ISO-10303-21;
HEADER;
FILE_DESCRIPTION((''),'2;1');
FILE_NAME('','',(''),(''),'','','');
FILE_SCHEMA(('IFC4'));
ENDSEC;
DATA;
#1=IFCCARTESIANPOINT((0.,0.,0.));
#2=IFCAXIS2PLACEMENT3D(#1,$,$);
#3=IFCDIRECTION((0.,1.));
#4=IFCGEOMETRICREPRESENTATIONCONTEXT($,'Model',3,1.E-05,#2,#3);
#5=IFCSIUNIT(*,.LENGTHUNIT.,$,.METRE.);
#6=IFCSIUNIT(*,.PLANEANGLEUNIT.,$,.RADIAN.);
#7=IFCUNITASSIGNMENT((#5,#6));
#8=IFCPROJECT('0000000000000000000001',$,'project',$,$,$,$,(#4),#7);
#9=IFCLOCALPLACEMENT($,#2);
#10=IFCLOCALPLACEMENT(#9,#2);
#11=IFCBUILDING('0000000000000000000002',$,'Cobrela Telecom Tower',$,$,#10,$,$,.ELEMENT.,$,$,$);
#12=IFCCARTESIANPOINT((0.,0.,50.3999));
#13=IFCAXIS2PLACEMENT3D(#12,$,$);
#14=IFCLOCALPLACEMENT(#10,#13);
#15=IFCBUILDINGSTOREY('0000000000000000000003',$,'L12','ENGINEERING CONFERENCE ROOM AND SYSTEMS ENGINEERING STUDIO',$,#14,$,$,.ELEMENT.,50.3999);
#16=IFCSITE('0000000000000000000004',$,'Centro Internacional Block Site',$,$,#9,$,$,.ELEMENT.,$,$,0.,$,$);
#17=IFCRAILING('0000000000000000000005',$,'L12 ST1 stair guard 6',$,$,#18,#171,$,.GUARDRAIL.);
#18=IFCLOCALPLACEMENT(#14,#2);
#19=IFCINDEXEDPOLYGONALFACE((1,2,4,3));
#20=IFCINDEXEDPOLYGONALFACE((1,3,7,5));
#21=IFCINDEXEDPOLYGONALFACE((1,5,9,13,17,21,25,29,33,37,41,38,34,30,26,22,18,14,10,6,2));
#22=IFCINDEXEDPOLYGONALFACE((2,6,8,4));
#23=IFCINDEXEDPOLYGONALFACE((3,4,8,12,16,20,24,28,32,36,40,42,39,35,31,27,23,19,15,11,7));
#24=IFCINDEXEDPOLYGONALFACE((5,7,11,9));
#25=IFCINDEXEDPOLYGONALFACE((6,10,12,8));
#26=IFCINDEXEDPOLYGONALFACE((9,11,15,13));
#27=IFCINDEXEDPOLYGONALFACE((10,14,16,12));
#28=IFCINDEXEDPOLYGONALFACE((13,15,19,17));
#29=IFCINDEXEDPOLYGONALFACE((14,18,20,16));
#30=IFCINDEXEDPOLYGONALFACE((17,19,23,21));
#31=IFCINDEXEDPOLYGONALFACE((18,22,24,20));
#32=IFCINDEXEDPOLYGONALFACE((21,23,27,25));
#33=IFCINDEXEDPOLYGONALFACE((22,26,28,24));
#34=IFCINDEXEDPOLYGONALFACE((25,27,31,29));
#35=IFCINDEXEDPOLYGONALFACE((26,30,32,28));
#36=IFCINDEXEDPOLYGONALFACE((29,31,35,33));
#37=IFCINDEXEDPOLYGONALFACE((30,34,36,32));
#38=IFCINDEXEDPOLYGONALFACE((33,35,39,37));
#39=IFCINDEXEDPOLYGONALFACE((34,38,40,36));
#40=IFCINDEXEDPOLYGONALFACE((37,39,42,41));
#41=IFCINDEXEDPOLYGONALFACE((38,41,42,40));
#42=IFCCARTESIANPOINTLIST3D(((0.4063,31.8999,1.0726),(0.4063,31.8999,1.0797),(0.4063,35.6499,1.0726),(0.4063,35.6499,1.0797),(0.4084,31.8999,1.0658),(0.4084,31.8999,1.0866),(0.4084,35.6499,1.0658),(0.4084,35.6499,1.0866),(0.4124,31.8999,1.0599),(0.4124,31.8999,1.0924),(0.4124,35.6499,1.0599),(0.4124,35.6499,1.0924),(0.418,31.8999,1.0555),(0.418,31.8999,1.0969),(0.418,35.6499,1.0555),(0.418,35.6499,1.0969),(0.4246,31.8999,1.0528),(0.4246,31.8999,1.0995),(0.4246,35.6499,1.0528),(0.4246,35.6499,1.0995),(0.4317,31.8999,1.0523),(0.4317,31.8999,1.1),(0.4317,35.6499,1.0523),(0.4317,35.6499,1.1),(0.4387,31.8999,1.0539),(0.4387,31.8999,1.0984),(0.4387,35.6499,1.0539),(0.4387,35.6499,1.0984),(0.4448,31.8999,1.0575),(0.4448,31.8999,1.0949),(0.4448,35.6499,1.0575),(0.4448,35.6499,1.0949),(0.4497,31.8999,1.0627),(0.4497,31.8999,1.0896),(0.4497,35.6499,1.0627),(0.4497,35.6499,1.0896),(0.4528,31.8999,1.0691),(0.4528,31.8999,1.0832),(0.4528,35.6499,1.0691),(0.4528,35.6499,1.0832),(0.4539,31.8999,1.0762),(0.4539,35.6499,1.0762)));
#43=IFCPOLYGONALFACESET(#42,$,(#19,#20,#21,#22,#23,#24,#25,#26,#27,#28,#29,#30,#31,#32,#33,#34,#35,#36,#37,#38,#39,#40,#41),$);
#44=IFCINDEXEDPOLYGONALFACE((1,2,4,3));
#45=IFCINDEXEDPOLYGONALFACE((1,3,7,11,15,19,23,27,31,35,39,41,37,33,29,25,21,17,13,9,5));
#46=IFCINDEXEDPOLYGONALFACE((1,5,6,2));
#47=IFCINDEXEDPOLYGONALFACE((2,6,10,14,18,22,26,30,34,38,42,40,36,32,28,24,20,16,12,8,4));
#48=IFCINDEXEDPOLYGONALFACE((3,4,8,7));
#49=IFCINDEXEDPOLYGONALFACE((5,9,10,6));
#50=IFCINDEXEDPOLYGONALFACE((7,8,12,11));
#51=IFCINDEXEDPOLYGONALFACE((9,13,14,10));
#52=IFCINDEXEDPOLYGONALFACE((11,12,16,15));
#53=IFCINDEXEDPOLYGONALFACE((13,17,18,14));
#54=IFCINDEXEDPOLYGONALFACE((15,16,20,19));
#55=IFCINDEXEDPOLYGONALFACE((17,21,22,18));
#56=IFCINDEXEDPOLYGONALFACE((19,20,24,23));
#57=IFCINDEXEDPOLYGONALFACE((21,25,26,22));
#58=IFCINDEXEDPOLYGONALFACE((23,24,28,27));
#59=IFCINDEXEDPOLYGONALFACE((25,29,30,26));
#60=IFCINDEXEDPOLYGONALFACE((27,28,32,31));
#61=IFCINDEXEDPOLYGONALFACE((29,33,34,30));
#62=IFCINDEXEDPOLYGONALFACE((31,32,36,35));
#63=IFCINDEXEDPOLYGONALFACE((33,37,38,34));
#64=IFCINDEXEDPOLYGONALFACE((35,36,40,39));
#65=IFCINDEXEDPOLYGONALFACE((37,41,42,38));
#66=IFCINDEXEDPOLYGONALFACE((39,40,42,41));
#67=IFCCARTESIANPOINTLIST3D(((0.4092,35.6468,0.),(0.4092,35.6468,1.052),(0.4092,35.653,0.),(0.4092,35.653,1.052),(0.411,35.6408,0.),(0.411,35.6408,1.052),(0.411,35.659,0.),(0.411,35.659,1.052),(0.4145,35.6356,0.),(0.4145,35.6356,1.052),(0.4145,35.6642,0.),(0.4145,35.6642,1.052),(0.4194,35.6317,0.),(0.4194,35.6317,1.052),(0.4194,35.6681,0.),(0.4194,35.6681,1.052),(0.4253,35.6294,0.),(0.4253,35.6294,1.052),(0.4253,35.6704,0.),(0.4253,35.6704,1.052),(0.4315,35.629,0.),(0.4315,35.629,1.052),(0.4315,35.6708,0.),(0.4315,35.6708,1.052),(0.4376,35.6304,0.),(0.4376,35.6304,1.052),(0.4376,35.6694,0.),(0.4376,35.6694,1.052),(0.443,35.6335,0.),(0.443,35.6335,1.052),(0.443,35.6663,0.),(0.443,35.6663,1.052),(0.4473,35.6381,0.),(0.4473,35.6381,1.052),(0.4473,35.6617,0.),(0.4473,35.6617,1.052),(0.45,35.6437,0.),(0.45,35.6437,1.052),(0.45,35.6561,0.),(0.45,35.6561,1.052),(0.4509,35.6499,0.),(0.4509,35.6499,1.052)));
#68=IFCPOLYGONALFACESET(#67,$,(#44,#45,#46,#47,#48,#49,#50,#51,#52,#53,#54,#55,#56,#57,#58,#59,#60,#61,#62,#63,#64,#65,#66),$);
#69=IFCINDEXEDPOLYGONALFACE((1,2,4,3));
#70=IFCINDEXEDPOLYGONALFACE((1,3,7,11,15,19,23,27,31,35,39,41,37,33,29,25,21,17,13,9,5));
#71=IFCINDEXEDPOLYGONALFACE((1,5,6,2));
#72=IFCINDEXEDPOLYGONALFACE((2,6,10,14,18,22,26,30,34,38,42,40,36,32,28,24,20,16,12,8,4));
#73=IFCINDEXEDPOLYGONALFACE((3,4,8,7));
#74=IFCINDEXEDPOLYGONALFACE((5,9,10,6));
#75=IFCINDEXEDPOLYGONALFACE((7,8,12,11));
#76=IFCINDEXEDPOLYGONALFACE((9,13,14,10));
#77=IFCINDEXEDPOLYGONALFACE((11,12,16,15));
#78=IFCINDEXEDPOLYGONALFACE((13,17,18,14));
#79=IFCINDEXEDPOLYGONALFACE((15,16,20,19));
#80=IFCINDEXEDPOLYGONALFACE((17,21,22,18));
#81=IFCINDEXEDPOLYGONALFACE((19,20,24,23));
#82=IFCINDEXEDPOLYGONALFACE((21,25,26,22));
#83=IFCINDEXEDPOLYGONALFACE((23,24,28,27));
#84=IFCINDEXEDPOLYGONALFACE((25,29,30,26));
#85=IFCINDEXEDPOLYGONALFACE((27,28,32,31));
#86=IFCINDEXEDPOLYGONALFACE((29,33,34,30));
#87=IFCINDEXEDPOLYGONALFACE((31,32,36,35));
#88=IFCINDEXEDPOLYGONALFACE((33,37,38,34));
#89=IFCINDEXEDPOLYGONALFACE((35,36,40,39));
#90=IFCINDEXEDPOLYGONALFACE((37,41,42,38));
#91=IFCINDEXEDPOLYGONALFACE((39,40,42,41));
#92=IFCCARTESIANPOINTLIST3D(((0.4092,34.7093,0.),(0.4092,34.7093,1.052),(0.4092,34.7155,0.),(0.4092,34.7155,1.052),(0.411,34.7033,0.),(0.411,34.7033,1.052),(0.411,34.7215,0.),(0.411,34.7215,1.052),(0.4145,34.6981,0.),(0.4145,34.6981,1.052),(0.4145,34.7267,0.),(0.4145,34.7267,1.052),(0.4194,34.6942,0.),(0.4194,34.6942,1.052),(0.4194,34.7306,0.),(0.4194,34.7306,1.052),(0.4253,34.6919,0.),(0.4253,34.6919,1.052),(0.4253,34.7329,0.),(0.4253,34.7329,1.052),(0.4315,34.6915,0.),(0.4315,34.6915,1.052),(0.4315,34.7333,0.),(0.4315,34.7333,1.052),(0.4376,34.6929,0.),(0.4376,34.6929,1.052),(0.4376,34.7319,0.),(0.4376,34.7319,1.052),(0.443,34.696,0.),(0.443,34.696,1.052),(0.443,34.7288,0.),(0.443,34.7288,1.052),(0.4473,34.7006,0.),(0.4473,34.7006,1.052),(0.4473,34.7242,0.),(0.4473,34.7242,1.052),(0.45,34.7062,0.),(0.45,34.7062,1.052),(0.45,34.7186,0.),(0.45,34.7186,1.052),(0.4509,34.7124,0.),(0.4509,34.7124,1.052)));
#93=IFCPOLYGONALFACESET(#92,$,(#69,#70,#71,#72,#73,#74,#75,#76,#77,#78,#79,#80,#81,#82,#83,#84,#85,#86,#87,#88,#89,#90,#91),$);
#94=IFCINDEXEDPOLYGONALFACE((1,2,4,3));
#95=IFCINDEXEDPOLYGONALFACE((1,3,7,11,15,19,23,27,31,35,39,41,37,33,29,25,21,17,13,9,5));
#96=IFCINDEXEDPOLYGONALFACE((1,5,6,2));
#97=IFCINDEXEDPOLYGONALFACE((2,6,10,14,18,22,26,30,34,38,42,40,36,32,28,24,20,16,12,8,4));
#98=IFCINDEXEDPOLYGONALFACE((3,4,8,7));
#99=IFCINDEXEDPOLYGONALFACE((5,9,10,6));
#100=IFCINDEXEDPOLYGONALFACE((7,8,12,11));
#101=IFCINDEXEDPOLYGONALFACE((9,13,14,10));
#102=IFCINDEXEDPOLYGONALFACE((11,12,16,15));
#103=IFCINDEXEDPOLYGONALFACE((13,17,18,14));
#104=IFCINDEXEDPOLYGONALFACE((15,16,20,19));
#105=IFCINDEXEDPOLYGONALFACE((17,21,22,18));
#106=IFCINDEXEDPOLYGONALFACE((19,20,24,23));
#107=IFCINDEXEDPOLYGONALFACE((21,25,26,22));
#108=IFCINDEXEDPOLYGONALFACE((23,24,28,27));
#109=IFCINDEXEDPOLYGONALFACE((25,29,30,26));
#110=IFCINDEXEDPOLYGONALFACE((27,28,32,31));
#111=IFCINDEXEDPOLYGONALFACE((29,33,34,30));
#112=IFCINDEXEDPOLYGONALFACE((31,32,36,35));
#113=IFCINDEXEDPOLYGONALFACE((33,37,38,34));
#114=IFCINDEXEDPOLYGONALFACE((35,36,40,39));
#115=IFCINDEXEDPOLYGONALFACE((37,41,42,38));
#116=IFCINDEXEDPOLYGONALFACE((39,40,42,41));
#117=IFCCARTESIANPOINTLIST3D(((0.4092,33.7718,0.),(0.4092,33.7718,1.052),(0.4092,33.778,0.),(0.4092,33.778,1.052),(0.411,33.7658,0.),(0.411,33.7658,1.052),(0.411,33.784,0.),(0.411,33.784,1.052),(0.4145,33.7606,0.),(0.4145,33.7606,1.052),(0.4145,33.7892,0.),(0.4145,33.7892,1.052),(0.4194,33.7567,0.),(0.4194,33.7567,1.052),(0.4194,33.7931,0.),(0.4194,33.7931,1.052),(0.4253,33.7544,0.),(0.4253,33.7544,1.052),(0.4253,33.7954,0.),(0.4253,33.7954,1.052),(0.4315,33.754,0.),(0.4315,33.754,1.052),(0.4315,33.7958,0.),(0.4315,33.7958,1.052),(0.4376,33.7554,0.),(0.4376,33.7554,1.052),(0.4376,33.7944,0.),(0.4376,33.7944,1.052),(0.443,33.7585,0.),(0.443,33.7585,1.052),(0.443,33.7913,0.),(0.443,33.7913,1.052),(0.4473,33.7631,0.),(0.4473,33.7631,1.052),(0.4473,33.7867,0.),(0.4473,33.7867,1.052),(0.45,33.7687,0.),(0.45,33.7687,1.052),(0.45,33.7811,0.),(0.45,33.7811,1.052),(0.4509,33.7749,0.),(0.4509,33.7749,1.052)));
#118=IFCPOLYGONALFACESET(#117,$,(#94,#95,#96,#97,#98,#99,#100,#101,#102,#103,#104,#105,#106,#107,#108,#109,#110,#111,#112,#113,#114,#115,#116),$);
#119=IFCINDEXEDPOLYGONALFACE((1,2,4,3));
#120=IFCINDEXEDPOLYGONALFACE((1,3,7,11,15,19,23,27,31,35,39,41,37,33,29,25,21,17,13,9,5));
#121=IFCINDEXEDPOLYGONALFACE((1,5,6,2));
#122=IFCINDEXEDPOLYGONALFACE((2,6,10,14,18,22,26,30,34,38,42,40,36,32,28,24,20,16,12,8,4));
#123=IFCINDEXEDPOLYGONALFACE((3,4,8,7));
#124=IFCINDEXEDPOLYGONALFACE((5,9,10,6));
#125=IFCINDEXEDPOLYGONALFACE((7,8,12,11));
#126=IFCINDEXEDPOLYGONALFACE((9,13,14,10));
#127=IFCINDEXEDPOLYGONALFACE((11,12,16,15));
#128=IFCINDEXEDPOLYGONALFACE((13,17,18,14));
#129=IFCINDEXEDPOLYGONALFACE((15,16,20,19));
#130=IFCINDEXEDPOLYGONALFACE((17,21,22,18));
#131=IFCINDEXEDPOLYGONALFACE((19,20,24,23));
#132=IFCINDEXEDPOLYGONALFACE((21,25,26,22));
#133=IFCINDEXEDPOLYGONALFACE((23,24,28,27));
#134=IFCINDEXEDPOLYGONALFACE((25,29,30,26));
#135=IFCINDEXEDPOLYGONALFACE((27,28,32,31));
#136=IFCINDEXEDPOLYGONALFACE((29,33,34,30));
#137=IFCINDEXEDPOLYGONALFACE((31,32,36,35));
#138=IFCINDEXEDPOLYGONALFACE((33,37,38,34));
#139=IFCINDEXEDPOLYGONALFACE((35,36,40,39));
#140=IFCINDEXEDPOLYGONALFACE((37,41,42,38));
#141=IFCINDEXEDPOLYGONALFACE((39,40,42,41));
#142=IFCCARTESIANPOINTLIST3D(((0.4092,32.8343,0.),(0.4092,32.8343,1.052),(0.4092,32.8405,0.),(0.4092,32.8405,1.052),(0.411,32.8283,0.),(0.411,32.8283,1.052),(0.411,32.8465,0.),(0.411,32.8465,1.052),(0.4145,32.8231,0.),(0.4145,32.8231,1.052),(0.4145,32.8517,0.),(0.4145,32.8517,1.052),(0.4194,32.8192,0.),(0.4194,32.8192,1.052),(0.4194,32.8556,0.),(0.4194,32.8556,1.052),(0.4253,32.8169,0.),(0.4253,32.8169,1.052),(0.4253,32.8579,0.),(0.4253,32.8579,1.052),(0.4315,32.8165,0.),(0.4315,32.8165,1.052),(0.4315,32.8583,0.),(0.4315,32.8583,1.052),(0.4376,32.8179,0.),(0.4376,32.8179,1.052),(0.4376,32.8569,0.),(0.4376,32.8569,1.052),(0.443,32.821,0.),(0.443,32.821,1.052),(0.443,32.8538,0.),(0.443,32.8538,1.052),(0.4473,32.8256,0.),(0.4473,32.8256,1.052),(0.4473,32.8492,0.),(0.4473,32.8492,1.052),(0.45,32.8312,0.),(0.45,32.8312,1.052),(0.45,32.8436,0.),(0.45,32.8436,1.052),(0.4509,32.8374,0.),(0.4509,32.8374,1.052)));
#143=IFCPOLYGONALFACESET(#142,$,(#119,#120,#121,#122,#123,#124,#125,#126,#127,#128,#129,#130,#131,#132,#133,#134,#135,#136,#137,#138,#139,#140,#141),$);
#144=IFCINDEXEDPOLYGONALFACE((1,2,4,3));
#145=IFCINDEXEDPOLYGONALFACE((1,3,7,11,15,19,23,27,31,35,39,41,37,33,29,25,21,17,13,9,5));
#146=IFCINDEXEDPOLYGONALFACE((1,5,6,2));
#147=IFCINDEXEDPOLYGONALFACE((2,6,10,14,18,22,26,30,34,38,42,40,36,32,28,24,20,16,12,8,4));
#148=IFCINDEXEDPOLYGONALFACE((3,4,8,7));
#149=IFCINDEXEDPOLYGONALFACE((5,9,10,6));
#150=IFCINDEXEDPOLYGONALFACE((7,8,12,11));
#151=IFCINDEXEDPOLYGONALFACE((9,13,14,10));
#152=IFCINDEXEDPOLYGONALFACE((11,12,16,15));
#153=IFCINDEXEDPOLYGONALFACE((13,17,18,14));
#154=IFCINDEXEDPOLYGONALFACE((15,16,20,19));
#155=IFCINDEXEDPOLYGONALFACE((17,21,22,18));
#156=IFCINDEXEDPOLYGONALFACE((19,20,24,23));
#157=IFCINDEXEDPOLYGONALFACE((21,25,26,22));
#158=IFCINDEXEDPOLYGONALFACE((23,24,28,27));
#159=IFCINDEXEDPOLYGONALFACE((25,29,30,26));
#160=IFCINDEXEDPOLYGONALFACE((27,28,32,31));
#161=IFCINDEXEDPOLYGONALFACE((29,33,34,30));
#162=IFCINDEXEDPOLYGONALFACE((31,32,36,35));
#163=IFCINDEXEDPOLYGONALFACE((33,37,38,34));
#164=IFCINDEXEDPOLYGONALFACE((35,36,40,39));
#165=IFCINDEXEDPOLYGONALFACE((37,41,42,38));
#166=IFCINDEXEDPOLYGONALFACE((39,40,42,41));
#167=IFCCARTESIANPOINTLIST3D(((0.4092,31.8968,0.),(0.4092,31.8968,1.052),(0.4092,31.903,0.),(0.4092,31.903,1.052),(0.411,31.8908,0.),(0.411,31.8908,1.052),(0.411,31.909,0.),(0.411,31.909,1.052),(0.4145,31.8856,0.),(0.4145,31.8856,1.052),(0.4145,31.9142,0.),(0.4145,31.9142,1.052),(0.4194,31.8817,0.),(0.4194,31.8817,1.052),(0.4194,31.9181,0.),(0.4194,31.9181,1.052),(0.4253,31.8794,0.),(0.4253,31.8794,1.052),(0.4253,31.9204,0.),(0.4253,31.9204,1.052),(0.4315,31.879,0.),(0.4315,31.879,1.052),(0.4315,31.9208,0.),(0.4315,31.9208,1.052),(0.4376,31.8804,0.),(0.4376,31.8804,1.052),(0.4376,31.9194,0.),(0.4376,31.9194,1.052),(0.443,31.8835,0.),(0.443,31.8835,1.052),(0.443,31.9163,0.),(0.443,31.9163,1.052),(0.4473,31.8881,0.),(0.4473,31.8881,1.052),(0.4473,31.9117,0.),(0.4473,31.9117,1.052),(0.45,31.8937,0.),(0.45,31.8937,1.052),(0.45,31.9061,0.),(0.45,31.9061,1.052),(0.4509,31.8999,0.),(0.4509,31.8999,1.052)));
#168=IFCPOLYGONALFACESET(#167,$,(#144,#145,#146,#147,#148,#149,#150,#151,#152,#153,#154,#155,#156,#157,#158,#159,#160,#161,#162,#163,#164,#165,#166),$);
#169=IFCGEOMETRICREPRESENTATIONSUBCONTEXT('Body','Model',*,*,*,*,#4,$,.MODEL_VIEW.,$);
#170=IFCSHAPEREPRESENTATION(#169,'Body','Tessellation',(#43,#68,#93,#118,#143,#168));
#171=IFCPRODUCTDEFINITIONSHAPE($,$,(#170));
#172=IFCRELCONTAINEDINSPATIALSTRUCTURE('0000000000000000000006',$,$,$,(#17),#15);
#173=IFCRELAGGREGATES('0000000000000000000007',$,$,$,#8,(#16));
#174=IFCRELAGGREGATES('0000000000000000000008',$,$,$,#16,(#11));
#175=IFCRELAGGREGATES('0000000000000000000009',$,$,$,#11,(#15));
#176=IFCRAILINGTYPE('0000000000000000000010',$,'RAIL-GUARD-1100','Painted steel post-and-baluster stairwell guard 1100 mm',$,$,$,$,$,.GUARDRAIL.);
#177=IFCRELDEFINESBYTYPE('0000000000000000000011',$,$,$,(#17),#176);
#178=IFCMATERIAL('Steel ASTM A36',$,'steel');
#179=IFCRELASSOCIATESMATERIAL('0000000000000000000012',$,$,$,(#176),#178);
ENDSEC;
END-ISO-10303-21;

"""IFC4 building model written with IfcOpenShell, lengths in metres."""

from ifc_helpers import new_model, si_unit, direction, frame, origin, origin_2d, place, context, subcontext, project, spatial, circle, extrude, material, type_object, element, save


model = new_model("IFC4")

# Units and contexts
model_context = context("Model", 3, precision=1e-05, world=origin(), true_north=direction((0.0, 1.0)))
body_context = subcontext(model_context, "Body", "Model", "MODEL_VIEW")
ifc_project = project(units=[si_unit("LENGTHUNIT", "METRE"), si_unit("PLANEANGLEUNIT", "RADIAN")], contexts=[model_context])

# Site, building, storey
site_placement = place(None, origin())
site = spatial("IfcSite", under=ifc_project, at=site_placement, Name="Centro Internacional Block Site", CompositionType="ELEMENT", RefElevation=0.0)
building_placement = place(site_placement, origin())
building = spatial("IfcBuilding", under=site, at=building_placement, Name="Cobrela Telecom Tower", CompositionType="ELEMENT")
storey_placement = place(building_placement, frame((0.0, 0.0, 50.3999)))
storey = spatial("IfcBuildingStorey", under=building, at=storey_placement, Name="L12", Description="ENGINEERING CONFERENCE ROOM AND SYSTEMS ENGINEERING STUDIO", CompositionType="ELEMENT", Elevation=50.3999)

# Shared definitions
ifc_material_1 = material(Name="Steel ASTM A36", Category="steel")

# Railing
railing_type_1 = type_object("IfcRailingType", Name="RAIL-GUARD-1100", Description="Painted steel post-and-baluster stairwell guard 1100 mm", PredefinedType="GUARDRAIL", material=ifc_material_1)
railing_1_placement = place(storey_placement, frame((0.4299, 35.6499, 0.0)))
element("IfcRailing", 1, at=railing_1_placement, inside=storey, type_object=railing_type_1, Name="L12 ST1 stair guard 6", PredefinedType="GUARDRAIL", context=body_context, shape_type="SweptSolid", body=[
    extrude(circle(Radius=0.0239, at=origin_2d()), frame((0.0, 0.0, 1.0762), z_axis=(0.0, -1.0, 0.0), x_axis=(1.0, 0.0, 0.0)), (0.0, 0.0, 1.0), 3.75),
    extrude(circle(Radius=0.021, at=origin_2d()), origin(), (0.0, 0.0, 1.0), 1.052),
    extrude(circle(Radius=0.021, at=origin_2d()), frame((0.0, -0.9375, 0.0)), (0.0, 0.0, 1.0), 1.052),
    extrude(circle(Radius=0.021, at=origin_2d()), frame((0.0, -1.875, 0.0)), (0.0, 0.0, 1.0), 1.052),
    extrude(circle(Radius=0.021, at=origin_2d()), frame((0.0, -2.8125, 0.0)), (0.0, 0.0, 1.0), 1.052),
    extrude(circle(Radius=0.021, at=origin_2d()), frame((0.0, -3.75, 0.0)), (0.0, 0.0, 1.0), 1.052),
])

save(model, "model.ifc")
